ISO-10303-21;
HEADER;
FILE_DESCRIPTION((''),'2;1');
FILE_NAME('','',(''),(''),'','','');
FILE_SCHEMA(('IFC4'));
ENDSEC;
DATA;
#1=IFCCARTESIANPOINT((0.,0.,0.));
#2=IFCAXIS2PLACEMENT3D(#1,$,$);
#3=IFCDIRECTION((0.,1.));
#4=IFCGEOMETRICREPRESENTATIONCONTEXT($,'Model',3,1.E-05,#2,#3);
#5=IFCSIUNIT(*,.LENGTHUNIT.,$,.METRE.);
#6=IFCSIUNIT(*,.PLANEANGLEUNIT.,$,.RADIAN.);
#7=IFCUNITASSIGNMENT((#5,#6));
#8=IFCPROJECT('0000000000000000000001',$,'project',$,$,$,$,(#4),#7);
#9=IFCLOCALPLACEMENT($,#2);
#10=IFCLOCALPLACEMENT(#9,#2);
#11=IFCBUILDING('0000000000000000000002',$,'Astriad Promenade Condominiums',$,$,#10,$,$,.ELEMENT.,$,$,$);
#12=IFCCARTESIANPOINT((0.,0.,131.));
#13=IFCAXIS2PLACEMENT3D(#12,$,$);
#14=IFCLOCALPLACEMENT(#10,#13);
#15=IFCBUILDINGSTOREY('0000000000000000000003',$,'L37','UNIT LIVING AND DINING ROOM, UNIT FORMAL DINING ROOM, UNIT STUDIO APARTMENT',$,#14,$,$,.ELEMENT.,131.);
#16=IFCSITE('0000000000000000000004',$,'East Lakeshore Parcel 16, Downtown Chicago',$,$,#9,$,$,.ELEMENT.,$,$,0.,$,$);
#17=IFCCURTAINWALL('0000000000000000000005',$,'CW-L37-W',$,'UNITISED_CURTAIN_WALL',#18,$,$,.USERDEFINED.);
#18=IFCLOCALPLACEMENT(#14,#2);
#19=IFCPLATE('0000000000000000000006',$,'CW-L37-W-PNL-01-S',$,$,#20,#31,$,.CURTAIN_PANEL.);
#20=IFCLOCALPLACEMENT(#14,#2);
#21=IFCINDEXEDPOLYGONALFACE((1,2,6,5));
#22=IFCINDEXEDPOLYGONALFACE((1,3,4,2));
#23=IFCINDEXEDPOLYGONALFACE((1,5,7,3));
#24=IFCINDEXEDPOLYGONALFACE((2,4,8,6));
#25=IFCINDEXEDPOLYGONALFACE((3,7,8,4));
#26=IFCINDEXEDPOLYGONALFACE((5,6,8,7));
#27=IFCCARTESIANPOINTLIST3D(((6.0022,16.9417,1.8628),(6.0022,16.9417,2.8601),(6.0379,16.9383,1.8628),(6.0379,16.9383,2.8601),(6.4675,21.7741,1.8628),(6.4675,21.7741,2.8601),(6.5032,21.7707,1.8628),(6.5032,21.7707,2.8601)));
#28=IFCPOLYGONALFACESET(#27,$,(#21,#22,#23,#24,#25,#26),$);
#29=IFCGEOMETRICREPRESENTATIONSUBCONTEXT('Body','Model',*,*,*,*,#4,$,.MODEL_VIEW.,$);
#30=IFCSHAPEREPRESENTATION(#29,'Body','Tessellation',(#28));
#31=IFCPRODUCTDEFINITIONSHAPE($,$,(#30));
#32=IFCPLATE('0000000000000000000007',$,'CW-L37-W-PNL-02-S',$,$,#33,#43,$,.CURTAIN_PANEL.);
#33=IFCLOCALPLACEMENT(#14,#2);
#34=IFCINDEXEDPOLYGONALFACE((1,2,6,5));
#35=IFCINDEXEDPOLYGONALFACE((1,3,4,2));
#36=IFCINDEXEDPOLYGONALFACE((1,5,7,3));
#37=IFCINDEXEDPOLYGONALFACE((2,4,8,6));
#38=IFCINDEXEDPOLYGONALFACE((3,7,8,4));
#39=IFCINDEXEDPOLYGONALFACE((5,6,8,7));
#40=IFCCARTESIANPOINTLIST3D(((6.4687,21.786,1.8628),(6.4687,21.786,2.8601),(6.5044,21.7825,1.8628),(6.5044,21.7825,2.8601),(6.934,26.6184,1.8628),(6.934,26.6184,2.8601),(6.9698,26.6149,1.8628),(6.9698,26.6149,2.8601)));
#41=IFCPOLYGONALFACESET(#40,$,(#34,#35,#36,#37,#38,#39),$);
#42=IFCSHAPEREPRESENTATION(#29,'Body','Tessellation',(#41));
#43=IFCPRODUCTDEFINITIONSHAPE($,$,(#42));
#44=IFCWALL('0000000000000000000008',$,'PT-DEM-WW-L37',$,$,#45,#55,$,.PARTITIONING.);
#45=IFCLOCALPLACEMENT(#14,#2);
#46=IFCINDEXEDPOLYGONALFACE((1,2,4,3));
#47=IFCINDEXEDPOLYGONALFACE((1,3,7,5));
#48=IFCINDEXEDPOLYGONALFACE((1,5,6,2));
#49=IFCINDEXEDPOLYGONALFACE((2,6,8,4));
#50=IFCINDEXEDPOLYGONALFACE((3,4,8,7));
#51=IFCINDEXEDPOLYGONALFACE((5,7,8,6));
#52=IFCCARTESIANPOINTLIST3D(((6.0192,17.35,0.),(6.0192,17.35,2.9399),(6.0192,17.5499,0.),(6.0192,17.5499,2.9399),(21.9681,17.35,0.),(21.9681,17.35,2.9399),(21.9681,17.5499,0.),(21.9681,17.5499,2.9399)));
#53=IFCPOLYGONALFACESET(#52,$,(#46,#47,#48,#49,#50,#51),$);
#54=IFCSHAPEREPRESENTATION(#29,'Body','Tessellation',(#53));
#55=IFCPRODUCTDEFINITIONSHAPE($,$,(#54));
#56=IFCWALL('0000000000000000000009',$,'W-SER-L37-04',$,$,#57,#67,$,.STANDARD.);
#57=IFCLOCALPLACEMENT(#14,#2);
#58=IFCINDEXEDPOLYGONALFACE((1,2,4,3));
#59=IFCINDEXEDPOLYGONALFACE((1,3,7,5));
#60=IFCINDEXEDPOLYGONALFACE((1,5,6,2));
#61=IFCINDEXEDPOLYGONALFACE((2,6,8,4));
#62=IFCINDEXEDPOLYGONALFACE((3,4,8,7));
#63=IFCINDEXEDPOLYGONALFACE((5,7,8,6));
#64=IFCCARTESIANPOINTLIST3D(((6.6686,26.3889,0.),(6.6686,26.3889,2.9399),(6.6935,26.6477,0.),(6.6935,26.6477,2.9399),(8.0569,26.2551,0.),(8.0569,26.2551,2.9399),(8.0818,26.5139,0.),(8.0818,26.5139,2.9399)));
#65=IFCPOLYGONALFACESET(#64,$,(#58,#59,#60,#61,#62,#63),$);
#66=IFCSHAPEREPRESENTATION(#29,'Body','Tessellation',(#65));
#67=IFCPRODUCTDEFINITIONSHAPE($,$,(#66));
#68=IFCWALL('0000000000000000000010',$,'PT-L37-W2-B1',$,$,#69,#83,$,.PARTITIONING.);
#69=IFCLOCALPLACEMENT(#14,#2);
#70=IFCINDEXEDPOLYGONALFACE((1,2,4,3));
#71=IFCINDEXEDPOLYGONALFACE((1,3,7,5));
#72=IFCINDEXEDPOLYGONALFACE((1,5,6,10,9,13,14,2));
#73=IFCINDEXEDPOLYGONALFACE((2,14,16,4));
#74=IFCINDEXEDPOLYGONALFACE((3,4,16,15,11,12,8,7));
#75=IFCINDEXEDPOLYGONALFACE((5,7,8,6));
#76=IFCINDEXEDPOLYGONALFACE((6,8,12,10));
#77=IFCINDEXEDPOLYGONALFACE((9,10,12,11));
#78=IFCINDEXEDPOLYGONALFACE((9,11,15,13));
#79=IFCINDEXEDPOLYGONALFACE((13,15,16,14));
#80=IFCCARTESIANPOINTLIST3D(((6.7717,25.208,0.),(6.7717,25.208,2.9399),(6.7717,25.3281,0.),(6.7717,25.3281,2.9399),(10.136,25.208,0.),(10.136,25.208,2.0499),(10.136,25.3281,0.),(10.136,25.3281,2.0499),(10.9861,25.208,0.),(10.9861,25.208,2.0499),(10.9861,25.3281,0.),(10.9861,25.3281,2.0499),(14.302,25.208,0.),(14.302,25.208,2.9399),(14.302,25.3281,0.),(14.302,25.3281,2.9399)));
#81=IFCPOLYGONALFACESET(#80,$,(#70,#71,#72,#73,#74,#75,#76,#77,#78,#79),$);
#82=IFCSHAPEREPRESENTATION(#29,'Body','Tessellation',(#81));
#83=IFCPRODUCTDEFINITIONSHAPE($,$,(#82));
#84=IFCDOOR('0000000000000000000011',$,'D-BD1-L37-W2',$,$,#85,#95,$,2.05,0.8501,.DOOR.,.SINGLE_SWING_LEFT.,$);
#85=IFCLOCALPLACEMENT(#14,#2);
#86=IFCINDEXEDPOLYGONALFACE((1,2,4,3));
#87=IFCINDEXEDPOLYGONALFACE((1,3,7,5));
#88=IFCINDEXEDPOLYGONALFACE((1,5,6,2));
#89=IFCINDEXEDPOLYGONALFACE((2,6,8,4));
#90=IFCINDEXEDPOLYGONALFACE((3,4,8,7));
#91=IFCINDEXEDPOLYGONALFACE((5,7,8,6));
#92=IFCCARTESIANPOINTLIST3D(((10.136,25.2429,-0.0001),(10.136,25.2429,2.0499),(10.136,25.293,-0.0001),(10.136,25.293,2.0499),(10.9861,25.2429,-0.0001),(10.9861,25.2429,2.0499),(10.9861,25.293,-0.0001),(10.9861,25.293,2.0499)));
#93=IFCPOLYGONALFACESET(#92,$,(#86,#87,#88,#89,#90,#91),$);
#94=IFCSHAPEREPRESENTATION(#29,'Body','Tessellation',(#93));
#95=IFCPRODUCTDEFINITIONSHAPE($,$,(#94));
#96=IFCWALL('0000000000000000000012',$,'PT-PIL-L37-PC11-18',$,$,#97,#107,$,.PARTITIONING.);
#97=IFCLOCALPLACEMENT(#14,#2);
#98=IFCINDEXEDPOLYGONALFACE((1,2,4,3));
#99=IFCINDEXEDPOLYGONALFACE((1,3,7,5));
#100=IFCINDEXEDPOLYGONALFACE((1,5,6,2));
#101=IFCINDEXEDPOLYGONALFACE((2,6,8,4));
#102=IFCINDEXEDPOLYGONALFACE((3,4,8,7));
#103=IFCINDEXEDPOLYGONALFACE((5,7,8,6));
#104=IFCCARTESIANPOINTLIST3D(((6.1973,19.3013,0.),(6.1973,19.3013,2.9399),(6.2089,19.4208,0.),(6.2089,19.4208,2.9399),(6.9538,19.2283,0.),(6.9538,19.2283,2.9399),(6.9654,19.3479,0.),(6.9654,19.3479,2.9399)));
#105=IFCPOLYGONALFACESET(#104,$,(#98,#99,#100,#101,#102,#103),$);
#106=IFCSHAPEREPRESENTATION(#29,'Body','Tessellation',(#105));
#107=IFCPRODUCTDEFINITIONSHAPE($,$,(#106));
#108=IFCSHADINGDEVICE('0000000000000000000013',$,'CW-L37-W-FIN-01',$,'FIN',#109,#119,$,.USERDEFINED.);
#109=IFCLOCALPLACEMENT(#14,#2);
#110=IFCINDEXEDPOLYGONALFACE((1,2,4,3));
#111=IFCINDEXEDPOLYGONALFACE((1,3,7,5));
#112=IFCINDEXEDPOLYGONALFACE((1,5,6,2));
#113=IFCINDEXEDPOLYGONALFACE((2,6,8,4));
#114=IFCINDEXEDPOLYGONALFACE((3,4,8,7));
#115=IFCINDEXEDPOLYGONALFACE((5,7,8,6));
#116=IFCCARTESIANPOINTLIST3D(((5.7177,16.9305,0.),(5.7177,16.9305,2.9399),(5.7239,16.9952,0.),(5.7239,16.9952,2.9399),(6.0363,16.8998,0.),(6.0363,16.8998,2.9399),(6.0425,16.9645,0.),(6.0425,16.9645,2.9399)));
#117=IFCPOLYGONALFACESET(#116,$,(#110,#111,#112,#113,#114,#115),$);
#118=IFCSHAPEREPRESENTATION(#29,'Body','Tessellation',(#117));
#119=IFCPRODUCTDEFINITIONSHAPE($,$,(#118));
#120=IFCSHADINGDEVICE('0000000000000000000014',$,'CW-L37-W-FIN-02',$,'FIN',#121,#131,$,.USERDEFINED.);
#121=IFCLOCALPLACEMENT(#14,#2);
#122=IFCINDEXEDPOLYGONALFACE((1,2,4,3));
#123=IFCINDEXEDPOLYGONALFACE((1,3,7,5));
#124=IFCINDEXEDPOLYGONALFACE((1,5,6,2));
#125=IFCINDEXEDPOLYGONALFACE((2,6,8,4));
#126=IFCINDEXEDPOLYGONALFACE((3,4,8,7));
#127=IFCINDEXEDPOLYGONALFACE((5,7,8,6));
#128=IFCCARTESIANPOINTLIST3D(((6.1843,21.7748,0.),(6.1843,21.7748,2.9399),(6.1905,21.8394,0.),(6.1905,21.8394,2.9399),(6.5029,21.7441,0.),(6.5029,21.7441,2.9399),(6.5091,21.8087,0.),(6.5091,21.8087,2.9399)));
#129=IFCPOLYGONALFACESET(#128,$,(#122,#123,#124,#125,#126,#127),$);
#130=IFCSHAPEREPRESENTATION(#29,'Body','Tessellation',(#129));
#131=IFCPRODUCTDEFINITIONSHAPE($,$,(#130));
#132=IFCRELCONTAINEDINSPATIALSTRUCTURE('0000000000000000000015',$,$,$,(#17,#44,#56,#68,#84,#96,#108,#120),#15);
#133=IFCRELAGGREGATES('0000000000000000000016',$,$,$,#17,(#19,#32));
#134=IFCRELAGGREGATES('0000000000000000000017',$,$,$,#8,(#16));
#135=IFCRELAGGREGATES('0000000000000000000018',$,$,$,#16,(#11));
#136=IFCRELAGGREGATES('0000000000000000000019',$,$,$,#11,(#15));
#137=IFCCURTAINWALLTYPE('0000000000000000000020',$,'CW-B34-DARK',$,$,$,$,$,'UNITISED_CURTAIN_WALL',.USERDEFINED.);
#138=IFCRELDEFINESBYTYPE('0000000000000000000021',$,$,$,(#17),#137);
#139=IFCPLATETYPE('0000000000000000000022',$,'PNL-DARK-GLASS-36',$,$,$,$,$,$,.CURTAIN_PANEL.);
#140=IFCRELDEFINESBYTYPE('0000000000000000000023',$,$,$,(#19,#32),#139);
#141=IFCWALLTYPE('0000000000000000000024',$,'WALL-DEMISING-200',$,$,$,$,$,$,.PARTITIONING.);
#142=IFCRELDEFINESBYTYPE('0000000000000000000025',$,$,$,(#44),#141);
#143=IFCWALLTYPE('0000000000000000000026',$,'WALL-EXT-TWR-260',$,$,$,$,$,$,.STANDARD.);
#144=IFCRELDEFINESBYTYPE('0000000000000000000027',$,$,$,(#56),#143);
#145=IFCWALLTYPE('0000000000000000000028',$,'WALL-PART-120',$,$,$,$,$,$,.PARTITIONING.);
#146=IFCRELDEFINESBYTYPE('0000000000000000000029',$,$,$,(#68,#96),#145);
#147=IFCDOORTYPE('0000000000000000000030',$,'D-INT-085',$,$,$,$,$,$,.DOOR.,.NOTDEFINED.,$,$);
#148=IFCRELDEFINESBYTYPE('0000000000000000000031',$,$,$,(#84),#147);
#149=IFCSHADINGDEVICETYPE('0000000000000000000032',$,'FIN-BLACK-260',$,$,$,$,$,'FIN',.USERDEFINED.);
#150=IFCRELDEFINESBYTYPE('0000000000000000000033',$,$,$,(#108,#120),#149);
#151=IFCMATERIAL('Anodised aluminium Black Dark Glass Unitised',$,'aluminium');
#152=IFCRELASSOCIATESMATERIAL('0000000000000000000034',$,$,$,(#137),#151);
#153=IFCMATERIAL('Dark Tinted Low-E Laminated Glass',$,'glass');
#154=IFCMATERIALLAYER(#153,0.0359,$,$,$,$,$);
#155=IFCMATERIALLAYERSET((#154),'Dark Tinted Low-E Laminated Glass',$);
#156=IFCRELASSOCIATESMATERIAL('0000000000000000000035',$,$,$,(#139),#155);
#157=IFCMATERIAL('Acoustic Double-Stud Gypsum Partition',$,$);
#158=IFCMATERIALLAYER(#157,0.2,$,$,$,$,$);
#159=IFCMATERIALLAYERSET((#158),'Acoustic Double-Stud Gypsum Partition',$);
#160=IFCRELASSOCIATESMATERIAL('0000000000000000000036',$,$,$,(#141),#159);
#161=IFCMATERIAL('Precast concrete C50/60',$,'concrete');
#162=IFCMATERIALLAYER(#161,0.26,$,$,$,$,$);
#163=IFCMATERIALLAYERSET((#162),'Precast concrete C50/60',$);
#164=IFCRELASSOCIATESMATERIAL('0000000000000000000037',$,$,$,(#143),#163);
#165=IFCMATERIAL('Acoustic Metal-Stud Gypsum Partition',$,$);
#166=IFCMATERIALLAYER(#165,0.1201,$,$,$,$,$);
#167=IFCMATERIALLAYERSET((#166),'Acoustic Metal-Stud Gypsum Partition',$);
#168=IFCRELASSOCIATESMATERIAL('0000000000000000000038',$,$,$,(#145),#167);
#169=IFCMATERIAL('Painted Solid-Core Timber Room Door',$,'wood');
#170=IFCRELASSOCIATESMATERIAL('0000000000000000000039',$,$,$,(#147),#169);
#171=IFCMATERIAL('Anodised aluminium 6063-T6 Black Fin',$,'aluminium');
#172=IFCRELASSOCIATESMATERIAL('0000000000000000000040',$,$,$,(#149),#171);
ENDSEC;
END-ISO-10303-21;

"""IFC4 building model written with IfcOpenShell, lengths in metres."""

from ifc_helpers import new_model, si_unit, direction, frame, frame_2d, origin, origin_2d, place, context, subcontext, project, spatial, rectangle, extrude, source, transform, mapped, material, layer, layer_set, type_object, type_shapes, element, fill, aggregate, save


model = new_model("IFC4")

# Units and contexts
model_context = context("Model", 3, precision=1e-05, world=origin(), true_north=direction((0.0, 1.0)))
body_context = subcontext(model_context, "Body", "Model", "MODEL_VIEW")
ifc_project = project(units=[si_unit("LENGTHUNIT", "METRE"), si_unit("PLANEANGLEUNIT", "RADIAN")], contexts=[model_context])

# Site, building, storey
site_placement = place(None, origin())
site = spatial("IfcSite", under=ifc_project, at=site_placement, Name="East Lakeshore Parcel 16, Downtown Chicago", CompositionType="ELEMENT", RefElevation=0.0)
building_placement = place(site_placement, origin())
building = spatial("IfcBuilding", under=site, at=building_placement, Name="Astriad Promenade Condominiums", CompositionType="ELEMENT")
storey_placement = place(building_placement, frame((0.0, 0.0, 131.0)))
storey = spatial("IfcBuildingStorey", under=building, at=storey_placement, Name="L37", Description="UNIT LIVING AND DINING ROOM, UNIT FORMAL DINING ROOM, UNIT STUDIO APARTMENT", CompositionType="ELEMENT", Elevation=131.0)

# Curtain wall, plates
ifc_material_1 = material(Name="Anodised aluminium Black Dark Glass Unitised", Category="aluminium")
curtain_wall_type = type_object("IfcCurtainWallType", Name="CW-B34-DARK", ElementType="UNITISED_CURTAIN_WALL", PredefinedType="USERDEFINED", material=ifc_material_1)
curtain_wall_placement = place(storey_placement, origin())
curtain_wall = element("IfcCurtainWall", 1, at=curtain_wall_placement, inside=storey, type_object=curtain_wall_type, Name="CW-L37-W", ObjectType="UNITISED_CURTAIN_WALL", PredefinedType="USERDEFINED")
ifc_material_2 = material(Name="Dark Tinted Low-E Laminated Glass", Category="glass")
ifc_layer_1 = layer(ifc_material_2, 0.0359)
ifc_layer_set_1 = layer_set([ifc_layer_1], Name="Dark Tinted Low-E Laminated Glass")
plate_type = type_object("IfcPlateType", Name="PNL-DARK-GLASS-36", PredefinedType="CURTAIN_PANEL", material=ifc_layer_set_1)
shared_shape_1 = source(origin(), body_context, "Body", "SweptSolid", [
    extrude(rectangle(XDim=4.8547, YDim=0.0359, at=origin_2d()), origin(), (0.0, 0.0, 1.0), 0.9973),
])
plate_1_placement = place(storey_placement, frame((6.2527, 19.3562, 1.8628), z_axis=(0.0, 0.0, 1.0), x_axis=(0.095846, 0.995396, 0.0)))
plate_1 = element("IfcPlate", 2, at=plate_1_placement, type_object=plate_type, Name="CW-L37-W-PNL-01-S", PredefinedType="CURTAIN_PANEL", context=body_context, shape_type="MappedRepresentation", body=[
    mapped(shared_shape_1, transform((0.0, 0.0, 0.0), scale=1.0)),
])
plate_2_placement = place(storey_placement, frame((6.7192, 24.2004, 1.8628), z_axis=(0.0, 0.0, 1.0), x_axis=(0.095846, 0.995396, 0.0)))
plate_2 = element("IfcPlate", 3, at=plate_2_placement, type_object=plate_type, Name="CW-L37-W-PNL-02-S", PredefinedType="CURTAIN_PANEL", context=body_context, shape_type="MappedRepresentation", body=[
    mapped(shared_shape_1, transform((0.0, 0.0, 0.0), scale=1.0)),
])
aggregate(curtain_wall, [plate_1, plate_2])

# Walls
ifc_material_3 = material(Name="Acoustic Double-Stud Gypsum Partition")
ifc_layer_2 = layer(ifc_material_3, 0.2)
ifc_layer_set_2 = layer_set([ifc_layer_2], Name="Acoustic Double-Stud Gypsum Partition")
wall_type_1 = type_object("IfcWallType", Name="WALL-DEMISING-200", PredefinedType="PARTITIONING", material=ifc_layer_set_2)
wall_1_placement = place(storey_placement, frame((6.019, 17.45, 0.0), z_axis=(0.0, 0.0, 1.0), x_axis=(1.0, 0.0, 0.0)))
element("IfcWall", 4, at=wall_1_placement, inside=storey, type_object=wall_type_1, Name="PT-DEM-WW-L37", PredefinedType="PARTITIONING", context=body_context, shape_type="SweptSolid", body=[
    extrude(rectangle(XDim=15.949, YDim=0.2, at=frame_2d((7.9746, 0.0))), origin(), (0.0, 0.0, 1.0), 2.9399),
])
ifc_material_4 = material(Name="Precast concrete C50/60", Category="concrete")
ifc_layer_3 = layer(ifc_material_4, 0.26)
ifc_layer_set_3 = layer_set([ifc_layer_3], Name="Precast concrete C50/60")
wall_type_2 = type_object("IfcWallType", Name="WALL-EXT-TWR-260", PredefinedType="STANDARD", material=ifc_layer_set_3)
wall_2_placement = place(storey_placement, frame((6.6812, 26.5183, 0.0), z_axis=(0.0, 0.0, 1.0), x_axis=(0.995389, -0.095916, 0.0)))
element("IfcWall", 5, at=wall_2_placement, inside=storey, type_object=wall_type_2, Name="W-SER-L37-04", PredefinedType="STANDARD", context=body_context, shape_type="SweptSolid", body=[
    extrude(rectangle(XDim=1.3948, YDim=0.26, at=frame_2d((0.6973, 0.0))), origin(), (0.0, 0.0, 1.0), 2.9399),
])

# Wall, opening, door
ifc_material_5 = material(Name="Acoustic Metal-Stud Gypsum Partition")
ifc_layer_4 = layer(ifc_material_5, 0.1201)
ifc_layer_set_4 = layer_set([ifc_layer_4], Name="Acoustic Metal-Stud Gypsum Partition")
wall_type_3 = type_object("IfcWallType", Name="WALL-PART-120", PredefinedType="PARTITIONING", material=ifc_layer_set_4)
wall_3_placement = place(storey_placement, frame((6.7717, 25.2681, 0.0), z_axis=(0.0, 0.0, 1.0), x_axis=(1.0, 0.0, 0.0)))
wall_3 = element("IfcWall", 6, at=wall_3_placement, inside=storey, type_object=wall_type_3, Name="PT-L37-W2-B1", PredefinedType="PARTITIONING", context=body_context, shape_type="SweptSolid", body=[
    extrude(rectangle(XDim=7.5303, YDim=0.1201, at=frame_2d((3.7651, 0.0))), origin(), (0.0, 0.0, 1.0), 2.9399),
])
opening_placement = place(wall_3_placement, frame((3.3643, 0.0, 0.0)))
opening = element("IfcOpeningElement", 7, at=opening_placement, cuts=wall_3, PredefinedType="OPENING", context=body_context, shape_type="SweptSolid", body=[
    extrude(rectangle(XDim=0.8501, YDim=2.05, at=frame_2d((0.425, 1.0249))), frame((0.0, 0.0701, 0.0), z_axis=(0.0, -1.0, 0.0), x_axis=(1.0, 0.0, 0.0)), (0.0, 0.0, 1.0), 0.1401),
])
ifc_material_6 = material(Name="Painted Solid-Core Timber Room Door", Category="wood")
door_type = type_object("IfcDoorType", Name="D-INT-085", OperationType="NOTDEFINED", PredefinedType="DOOR", material=ifc_material_6)
shared_shape_2 = source(origin(), body_context, "Body", "SweptSolid", [
    extrude(rectangle(XDim=0.8501, YDim=2.05, at=frame_2d((0.425, 1.0249))), frame((0.0, 0.0249, 0.0), z_axis=(0.0, -1.0, 0.0), x_axis=(1.0, 0.0, 0.0)), (0.0, 0.0, 1.0), 0.05),
])
type_shapes(door_type, [shared_shape_2])
door_placement = place(opening_placement, origin())
door = element("IfcDoor", 8, at=door_placement, inside=storey, type_object=door_type, Name="D-BD1-L37-W2", OperationType="SINGLE_SWING_LEFT", OverallHeight=2.05, OverallWidth=0.8501, PredefinedType="DOOR", context=body_context, shape_type="MappedRepresentation", body=[
    mapped(shared_shape_2, transform((0.0, 0.0, 0.0), scale=1.0)),
])
fill(opening, door)

# Wall
wall_4_placement = place(storey_placement, frame((6.9595, 19.2881, 0.0), z_axis=(0.0, 0.0, 1.0), x_axis=(-0.995378, 0.096037, 0.0)))
element("IfcWall", 9, at=wall_4_placement, inside=storey, type_object=wall_type_3, Name="PT-PIL-L37-PC11-18", PredefinedType="PARTITIONING", context=body_context, shape_type="SweptSolid", body=[
    extrude(rectangle(XDim=0.76, YDim=0.1201, at=frame_2d((0.3799, 0.0))), origin(), (0.0, 0.0, 1.0), 2.9399),
])

# Shading devices
ifc_material_7 = material(Name="Anodised aluminium 6063-T6 Black Fin", Category="aluminium")
shading_device_type = type_object("IfcShadingDeviceType", Name="FIN-BLACK-260", ElementType="FIN", PredefinedType="USERDEFINED", material=ifc_material_7)
shared_shape_3 = source(origin(), body_context, "Body", "SweptSolid", [
    extrude(rectangle(XDim=0.0649, YDim=0.3201, at=origin_2d()), origin(), (0.0, 0.0, 1.0), 2.9399),
])
type_shapes(shading_device_type, [shared_shape_3])
for number, where, z_axis, x_axis, name in (
    (10, (5.8801, 16.9475, 0.0), (0.0, 0.0, 1.0), (0.095846, 0.995396, 0.0), "CW-L37-W-FIN-01"),
    (11, (6.3467, 21.7917, 0.0), (0.0, 0.0, 1.0), (0.095846, 0.995396, 0.0), "CW-L37-W-FIN-02"),
):
    element("IfcShadingDevice", number, at=place(storey_placement, frame(where, z_axis=z_axis, x_axis=x_axis)), inside=storey, type_object=shading_device_type, Name=name, ObjectType="FIN", PredefinedType="USERDEFINED", context=body_context, shape_type="MappedRepresentation", body=[
        mapped(shared_shape_3, transform((0.0, 0.0, 0.0), scale=1.0)),
    ])

save(model, "model.ifc")
